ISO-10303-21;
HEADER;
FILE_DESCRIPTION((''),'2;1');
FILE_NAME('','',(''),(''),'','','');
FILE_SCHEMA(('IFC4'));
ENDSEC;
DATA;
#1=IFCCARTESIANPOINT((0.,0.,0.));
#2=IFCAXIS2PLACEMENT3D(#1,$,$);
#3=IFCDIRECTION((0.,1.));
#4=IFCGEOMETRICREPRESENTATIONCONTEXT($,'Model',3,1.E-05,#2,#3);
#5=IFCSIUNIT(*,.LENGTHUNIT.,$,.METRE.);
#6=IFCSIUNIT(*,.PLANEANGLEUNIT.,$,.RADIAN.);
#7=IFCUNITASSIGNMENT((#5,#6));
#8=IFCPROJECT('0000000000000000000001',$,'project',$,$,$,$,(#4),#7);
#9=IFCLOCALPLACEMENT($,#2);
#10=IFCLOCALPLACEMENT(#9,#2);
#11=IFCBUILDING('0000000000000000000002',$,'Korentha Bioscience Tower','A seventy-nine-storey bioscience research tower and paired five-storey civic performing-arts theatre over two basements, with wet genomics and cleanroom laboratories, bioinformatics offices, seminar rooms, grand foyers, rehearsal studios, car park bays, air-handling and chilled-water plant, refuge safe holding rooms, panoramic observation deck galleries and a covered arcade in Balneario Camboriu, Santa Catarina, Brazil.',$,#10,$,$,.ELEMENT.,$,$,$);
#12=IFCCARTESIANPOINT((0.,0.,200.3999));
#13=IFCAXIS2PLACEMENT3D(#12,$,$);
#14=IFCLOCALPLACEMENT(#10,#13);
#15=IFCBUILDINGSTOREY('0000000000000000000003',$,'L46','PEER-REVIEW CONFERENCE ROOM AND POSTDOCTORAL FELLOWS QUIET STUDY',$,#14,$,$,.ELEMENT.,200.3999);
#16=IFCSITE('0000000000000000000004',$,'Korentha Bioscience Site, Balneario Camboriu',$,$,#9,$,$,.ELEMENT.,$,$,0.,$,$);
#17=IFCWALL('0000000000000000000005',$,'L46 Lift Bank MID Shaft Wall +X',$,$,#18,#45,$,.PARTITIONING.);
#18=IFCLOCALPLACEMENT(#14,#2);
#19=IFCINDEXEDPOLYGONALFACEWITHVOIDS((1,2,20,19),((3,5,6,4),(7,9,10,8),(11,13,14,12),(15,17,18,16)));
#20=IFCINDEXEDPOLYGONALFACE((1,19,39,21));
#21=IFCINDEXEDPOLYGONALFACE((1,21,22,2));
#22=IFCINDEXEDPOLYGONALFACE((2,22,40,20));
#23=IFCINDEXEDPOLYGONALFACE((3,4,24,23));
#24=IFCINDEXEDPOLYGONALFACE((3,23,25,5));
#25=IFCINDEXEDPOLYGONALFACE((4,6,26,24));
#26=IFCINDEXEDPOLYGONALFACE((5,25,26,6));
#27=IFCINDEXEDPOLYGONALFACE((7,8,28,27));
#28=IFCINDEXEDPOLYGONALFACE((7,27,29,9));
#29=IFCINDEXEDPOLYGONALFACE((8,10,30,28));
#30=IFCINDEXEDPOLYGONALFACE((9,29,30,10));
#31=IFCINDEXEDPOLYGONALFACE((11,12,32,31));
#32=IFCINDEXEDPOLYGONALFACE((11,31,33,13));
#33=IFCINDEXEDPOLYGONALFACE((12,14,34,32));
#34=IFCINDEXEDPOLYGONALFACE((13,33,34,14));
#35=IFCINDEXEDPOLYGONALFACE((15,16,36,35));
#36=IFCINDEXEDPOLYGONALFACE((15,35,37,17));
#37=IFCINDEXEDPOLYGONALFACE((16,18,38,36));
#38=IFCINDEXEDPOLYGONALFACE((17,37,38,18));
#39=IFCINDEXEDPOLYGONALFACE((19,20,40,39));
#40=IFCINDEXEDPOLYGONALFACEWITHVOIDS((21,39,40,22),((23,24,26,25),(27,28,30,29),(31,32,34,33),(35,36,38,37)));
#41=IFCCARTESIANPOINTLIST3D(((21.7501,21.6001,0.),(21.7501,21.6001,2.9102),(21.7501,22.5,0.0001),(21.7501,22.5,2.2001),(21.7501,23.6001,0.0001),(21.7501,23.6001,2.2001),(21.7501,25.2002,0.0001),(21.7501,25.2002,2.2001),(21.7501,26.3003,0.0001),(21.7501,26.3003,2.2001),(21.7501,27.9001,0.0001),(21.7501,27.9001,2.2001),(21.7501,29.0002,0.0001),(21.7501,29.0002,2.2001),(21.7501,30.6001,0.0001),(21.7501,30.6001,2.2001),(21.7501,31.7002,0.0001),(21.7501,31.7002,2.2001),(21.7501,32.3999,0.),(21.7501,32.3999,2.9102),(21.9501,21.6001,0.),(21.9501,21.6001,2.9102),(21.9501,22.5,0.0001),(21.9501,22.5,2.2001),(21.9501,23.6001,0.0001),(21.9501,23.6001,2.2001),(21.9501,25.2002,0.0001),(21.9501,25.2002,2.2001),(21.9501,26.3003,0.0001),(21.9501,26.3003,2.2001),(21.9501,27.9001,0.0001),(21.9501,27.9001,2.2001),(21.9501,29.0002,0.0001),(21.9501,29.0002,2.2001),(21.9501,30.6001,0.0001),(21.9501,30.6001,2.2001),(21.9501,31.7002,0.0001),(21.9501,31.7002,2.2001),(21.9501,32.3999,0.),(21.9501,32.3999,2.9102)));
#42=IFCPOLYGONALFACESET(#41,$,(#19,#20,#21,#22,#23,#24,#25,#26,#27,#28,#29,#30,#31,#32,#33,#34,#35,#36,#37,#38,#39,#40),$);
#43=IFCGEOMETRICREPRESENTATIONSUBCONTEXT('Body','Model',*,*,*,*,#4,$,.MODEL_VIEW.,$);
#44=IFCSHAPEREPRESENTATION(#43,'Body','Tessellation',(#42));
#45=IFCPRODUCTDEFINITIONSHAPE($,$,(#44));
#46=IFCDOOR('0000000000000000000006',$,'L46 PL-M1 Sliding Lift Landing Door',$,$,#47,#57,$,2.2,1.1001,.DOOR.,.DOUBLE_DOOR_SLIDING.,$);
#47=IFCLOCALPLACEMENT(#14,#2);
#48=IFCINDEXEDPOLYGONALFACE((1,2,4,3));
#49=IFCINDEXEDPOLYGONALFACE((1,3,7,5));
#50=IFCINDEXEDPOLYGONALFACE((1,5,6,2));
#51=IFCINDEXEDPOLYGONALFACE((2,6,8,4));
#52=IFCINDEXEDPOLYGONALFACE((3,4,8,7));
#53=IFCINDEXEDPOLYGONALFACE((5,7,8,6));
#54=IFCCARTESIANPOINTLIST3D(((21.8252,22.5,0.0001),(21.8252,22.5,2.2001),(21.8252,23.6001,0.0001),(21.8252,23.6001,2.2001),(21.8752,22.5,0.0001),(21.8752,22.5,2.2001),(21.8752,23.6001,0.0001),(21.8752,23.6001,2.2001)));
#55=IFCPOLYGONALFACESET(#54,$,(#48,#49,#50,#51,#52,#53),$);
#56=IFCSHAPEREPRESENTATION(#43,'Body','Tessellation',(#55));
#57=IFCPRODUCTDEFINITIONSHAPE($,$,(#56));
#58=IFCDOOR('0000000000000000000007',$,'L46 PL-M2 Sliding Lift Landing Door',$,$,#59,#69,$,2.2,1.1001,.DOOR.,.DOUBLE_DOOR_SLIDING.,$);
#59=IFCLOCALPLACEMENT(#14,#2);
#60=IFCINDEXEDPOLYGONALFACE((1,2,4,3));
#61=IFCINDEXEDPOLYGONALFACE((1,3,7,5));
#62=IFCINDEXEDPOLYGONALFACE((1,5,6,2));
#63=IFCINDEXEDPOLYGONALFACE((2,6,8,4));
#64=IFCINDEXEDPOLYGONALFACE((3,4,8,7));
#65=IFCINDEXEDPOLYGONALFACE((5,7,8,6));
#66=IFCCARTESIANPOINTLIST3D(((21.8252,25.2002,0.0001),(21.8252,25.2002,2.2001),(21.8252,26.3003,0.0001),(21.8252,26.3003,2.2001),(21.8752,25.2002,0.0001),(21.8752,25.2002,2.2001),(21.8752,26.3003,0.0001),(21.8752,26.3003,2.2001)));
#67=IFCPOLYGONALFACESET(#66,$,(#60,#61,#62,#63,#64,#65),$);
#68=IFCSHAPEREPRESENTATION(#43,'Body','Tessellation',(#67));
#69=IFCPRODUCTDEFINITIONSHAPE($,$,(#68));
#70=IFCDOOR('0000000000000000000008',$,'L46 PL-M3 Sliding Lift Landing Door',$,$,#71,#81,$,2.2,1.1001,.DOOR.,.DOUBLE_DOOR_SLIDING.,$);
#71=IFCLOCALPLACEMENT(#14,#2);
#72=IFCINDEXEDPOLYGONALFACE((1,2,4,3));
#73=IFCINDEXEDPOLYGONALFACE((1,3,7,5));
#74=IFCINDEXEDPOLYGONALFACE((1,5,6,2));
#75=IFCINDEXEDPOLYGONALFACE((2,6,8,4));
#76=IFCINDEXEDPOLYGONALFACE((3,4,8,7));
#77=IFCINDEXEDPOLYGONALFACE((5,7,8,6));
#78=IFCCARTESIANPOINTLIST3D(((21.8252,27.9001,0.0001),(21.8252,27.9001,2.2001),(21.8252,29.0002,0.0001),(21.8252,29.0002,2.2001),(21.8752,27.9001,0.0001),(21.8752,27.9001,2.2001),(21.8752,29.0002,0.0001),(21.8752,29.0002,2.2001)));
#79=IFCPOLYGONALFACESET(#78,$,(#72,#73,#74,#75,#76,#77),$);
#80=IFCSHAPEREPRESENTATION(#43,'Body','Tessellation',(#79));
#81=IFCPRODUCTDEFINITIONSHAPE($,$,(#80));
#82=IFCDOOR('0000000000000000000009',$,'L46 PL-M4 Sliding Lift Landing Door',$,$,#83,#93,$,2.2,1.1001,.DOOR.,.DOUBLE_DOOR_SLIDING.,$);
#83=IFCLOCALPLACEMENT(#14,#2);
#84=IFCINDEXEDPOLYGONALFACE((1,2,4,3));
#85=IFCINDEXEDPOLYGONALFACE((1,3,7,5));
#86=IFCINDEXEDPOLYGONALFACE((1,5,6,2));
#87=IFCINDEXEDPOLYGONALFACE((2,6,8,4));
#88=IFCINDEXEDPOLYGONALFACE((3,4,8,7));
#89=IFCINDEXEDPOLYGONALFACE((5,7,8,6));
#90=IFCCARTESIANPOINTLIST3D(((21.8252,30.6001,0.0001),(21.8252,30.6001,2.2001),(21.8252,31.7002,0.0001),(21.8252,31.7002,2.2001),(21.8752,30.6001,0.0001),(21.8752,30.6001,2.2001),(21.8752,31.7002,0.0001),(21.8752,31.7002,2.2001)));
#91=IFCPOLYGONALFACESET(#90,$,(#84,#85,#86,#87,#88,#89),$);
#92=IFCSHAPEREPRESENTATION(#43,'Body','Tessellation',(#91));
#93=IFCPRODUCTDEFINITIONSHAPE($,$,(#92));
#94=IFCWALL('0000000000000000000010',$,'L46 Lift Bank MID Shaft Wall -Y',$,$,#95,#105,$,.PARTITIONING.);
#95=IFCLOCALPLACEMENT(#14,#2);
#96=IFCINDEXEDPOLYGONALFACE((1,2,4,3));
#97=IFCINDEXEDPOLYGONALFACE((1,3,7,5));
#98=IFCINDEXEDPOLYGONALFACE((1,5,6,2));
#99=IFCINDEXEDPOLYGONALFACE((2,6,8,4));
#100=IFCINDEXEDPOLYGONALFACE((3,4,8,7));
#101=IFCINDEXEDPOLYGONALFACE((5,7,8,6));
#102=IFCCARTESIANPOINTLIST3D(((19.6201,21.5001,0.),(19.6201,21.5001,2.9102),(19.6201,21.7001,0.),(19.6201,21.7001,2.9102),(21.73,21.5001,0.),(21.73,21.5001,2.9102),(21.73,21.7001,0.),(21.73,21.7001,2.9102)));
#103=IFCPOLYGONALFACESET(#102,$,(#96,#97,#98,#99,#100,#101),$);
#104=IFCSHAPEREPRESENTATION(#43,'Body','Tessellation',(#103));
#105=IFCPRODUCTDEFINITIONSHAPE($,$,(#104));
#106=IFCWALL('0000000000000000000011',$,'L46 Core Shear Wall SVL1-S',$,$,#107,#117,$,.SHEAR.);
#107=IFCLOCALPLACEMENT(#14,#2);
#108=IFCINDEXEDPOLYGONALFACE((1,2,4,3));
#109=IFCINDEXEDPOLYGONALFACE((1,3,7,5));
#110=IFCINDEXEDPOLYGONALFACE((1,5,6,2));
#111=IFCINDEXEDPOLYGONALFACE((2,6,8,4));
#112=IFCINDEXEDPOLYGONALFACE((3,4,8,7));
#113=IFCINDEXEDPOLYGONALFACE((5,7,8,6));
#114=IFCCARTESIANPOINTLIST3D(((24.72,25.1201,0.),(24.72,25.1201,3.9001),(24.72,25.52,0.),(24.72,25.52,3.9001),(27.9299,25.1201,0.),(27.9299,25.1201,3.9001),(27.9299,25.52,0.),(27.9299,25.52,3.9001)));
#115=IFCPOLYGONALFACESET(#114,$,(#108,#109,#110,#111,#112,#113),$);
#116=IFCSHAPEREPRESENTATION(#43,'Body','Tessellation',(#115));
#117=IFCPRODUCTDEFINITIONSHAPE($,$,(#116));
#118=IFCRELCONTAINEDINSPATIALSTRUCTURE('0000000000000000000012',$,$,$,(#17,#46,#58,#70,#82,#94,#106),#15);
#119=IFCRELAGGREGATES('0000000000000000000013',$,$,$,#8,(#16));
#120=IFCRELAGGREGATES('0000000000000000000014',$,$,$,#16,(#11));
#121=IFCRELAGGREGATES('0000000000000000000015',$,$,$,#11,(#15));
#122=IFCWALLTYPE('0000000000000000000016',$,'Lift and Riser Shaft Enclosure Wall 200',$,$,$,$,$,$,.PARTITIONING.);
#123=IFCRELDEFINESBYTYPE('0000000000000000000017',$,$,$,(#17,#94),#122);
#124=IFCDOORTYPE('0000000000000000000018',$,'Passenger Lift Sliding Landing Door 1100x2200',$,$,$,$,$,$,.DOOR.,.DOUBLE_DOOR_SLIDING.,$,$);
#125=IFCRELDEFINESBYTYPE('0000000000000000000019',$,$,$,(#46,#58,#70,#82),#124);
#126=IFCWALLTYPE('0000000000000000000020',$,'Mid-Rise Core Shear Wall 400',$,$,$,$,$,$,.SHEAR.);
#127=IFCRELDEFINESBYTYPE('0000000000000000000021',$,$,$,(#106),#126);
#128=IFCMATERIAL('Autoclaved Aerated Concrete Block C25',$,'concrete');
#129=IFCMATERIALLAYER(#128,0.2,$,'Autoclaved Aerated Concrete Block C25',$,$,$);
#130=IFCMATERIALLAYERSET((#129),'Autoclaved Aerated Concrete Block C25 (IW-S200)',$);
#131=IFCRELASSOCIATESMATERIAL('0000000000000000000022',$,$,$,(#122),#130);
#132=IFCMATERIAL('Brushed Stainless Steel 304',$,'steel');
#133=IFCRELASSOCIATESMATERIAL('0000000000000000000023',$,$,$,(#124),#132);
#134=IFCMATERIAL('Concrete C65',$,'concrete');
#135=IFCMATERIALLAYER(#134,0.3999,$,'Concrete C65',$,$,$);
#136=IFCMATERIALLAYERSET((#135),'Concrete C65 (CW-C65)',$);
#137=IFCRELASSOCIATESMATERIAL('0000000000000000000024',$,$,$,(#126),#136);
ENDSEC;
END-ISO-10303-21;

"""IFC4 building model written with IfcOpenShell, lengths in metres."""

from ifc_helpers import new_model, si_unit, direction, frame, frame_2d, origin, place, context, subcontext, project, spatial, rectangle, extrude, material, layer, layer_set, type_object, element, fill, save


model = new_model("IFC4")

# Units and contexts
model_context = context("Model", 3, precision=1e-05, world=origin(), true_north=direction((0.0, 1.0)))
body_context = subcontext(model_context, "Body", "Model", "MODEL_VIEW")
ifc_project = project(units=[si_unit("LENGTHUNIT", "METRE"), si_unit("PLANEANGLEUNIT", "RADIAN")], contexts=[model_context])

# Site, building, storey
site_placement = place(None, origin())
site = spatial("IfcSite", under=ifc_project, at=site_placement, Name="Korentha Bioscience Site, Balneario Camboriu", CompositionType="ELEMENT", RefElevation=0.0)
building_placement = place(site_placement, origin())
building = spatial("IfcBuilding", under=site, at=building_placement, Name="Korentha Bioscience Tower", Description="A seventy-nine-storey bioscience research tower and paired five-storey civic performing-arts theatre over two basements, with wet genomics and cleanroom laboratories, bioinformatics offices, seminar rooms, grand foyers, rehearsal studios, car park bays, air-handling and chilled-water plant, refuge safe holding rooms, panoramic observation deck galleries and a covered arcade in Balneario Camboriu, Santa Catarina, Brazil.", CompositionType="ELEMENT")
storey_placement = place(building_placement, frame((0.0, 0.0, 200.3999)))
storey = spatial("IfcBuildingStorey", under=building, at=storey_placement, Name="L46", Description="PEER-REVIEW CONFERENCE ROOM AND POSTDOCTORAL FELLOWS QUIET STUDY", CompositionType="ELEMENT", Elevation=200.3999)

# Shared definitions
ifc_material_1 = material(Name="Concrete C65", Category="concrete")

# Shared definitions
ifc_material_2 = material(Name="Autoclaved Aerated Concrete Block C25", Category="concrete")
ifc_layer_1 = layer(ifc_material_2, 0.2, Name="Autoclaved Aerated Concrete Block C25")
ifc_layer_set_1 = layer_set([ifc_layer_1], Name="Autoclaved Aerated Concrete Block C25 (IW-S200)")
wall_type_1 = type_object("IfcWallType", Name="Lift and Riser Shaft Enclosure Wall 200", PredefinedType="PARTITIONING", material=ifc_layer_set_1)

# Wall, openings, doors
wall_1_placement = place(storey_placement, frame((21.8501, 21.6001, 0.0), z_axis=(0.0, 0.0, 1.0), x_axis=(0.0, 1.0, 0.0)))
wall_1 = element("IfcWall", 1, at=wall_1_placement, inside=storey, type_object=wall_type_1, Name="L46 Lift Bank MID Shaft Wall +X", PredefinedType="PARTITIONING", context=body_context, shape_type="SweptSolid", body=[
    extrude(rectangle(XDim=10.7998, YDim=0.2, at=frame_2d((5.3999, 0.0))), origin(), (0.0, 0.0, 1.0), 2.9102),
])
opening_1_placement = place(wall_1_placement, frame((0.8999, 0.0, 0.0)))
opening_1 = element("IfcOpeningElement", 2, at=opening_1_placement, cuts=wall_1, PredefinedType="OPENING", context=body_context, shape_type="SweptSolid", body=[
    extrude(rectangle(XDim=1.1001, YDim=2.2, at=frame_2d((0.55, 1.1001))), frame((0.0, 0.1147, 0.0), z_axis=(0.0, -1.0, 0.0), x_axis=(1.0, 0.0, 0.0)), (0.0, 0.0, 1.0), 0.2297),
])
opening_2_placement = place(wall_1_placement, frame((3.6001, 0.0, 0.0)))
opening_2 = element("IfcOpeningElement", 3, at=opening_2_placement, cuts=wall_1, PredefinedType="OPENING", context=body_context, shape_type="SweptSolid", body=[
    extrude(rectangle(XDim=1.1001, YDim=2.2, at=frame_2d((0.55, 1.1001))), frame((0.0, 0.1147, 0.0), z_axis=(0.0, -1.0, 0.0), x_axis=(1.0, 0.0, 0.0)), (0.0, 0.0, 1.0), 0.2297),
])
opening_3_placement = place(wall_1_placement, frame((6.3, 0.0, 0.0)))
opening_3 = element("IfcOpeningElement", 4, at=opening_3_placement, cuts=wall_1, PredefinedType="OPENING", context=body_context, shape_type="SweptSolid", body=[
    extrude(rectangle(XDim=1.1001, YDim=2.2, at=frame_2d((0.55, 1.1001))), frame((0.0, 0.1147, 0.0), z_axis=(0.0, -1.0, 0.0), x_axis=(1.0, 0.0, 0.0)), (0.0, 0.0, 1.0), 0.2297),
])
opening_4_placement = place(wall_1_placement, frame((9.0, 0.0, 0.0)))
opening_4 = element("IfcOpeningElement", 5, at=opening_4_placement, cuts=wall_1, PredefinedType="OPENING", context=body_context, shape_type="SweptSolid", body=[
    extrude(rectangle(XDim=1.1001, YDim=2.2, at=frame_2d((0.55, 1.1001))), frame((0.0, 0.1147, 0.0), z_axis=(0.0, -1.0, 0.0), x_axis=(1.0, 0.0, 0.0)), (0.0, 0.0, 1.0), 0.2297),
])
ifc_material_3 = material(Name="Brushed Stainless Steel 304", Category="steel")
door_type_1 = type_object("IfcDoorType", Name="Passenger Lift Sliding Landing Door 1100x2200", OperationType="DOUBLE_DOOR_SLIDING", PredefinedType="DOOR", material=ifc_material_3)
door_1_placement = place(opening_1_placement, origin())
door_1 = element("IfcDoor", 6, at=door_1_placement, inside=storey, type_object=door_type_1, Name="L46 PL-M1 Sliding Lift Landing Door", OperationType="DOUBLE_DOOR_SLIDING", OverallHeight=2.2, OverallWidth=1.1001, PredefinedType="DOOR", context=body_context, shape_type="SweptSolid", body=[
    extrude(rectangle(XDim=1.1001, YDim=2.2, at=frame_2d((0.55, 1.1001))), frame((0.0, 0.0249, 0.0), z_axis=(0.0, -1.0, 0.0), x_axis=(1.0, 0.0, 0.0)), (0.0, 0.0, 1.0), 0.05),
])
fill(opening_1, door_1)
door_2_placement = place(opening_2_placement, origin())
door_2 = element("IfcDoor", 7, at=door_2_placement, inside=storey, type_object=door_type_1, Name="L46 PL-M2 Sliding Lift Landing Door", OperationType="DOUBLE_DOOR_SLIDING", OverallHeight=2.2, OverallWidth=1.1001, PredefinedType="DOOR", context=body_context, shape_type="SweptSolid", body=[
    extrude(rectangle(XDim=1.1001, YDim=2.2, at=frame_2d((0.55, 1.1001))), frame((0.0, 0.0249, 0.0), z_axis=(0.0, -1.0, 0.0), x_axis=(1.0, 0.0, 0.0)), (0.0, 0.0, 1.0), 0.05),
])
fill(opening_2, door_2)
door_3_placement = place(opening_3_placement, origin())
door_3 = element("IfcDoor", 8, at=door_3_placement, inside=storey, type_object=door_type_1, Name="L46 PL-M3 Sliding Lift Landing Door", OperationType="DOUBLE_DOOR_SLIDING", OverallHeight=2.2, OverallWidth=1.1001, PredefinedType="DOOR", context=body_context, shape_type="SweptSolid", body=[
    extrude(rectangle(XDim=1.1001, YDim=2.2, at=frame_2d((0.55, 1.1001))), frame((0.0, 0.0249, 0.0), z_axis=(0.0, -1.0, 0.0), x_axis=(1.0, 0.0, 0.0)), (0.0, 0.0, 1.0), 0.05),
])
fill(opening_3, door_3)
door_4_placement = place(opening_4_placement, origin())
door_4 = element("IfcDoor", 9, at=door_4_placement, inside=storey, type_object=door_type_1, Name="L46 PL-M4 Sliding Lift Landing Door", OperationType="DOUBLE_DOOR_SLIDING", OverallHeight=2.2, OverallWidth=1.1001, PredefinedType="DOOR", context=body_context, shape_type="SweptSolid", body=[
    extrude(rectangle(XDim=1.1001, YDim=2.2, at=frame_2d((0.55, 1.1001))), frame((0.0, 0.0249, 0.0), z_axis=(0.0, -1.0, 0.0), x_axis=(1.0, 0.0, 0.0)), (0.0, 0.0, 1.0), 0.05),
])
fill(opening_4, door_4)

# Walls
wall_2_placement = place(storey_placement, frame((19.6201, 21.6001, 0.0), z_axis=(0.0, 0.0, 1.0), x_axis=(1.0, 0.0, 0.0)))
element("IfcWall", 10, at=wall_2_placement, inside=storey, type_object=wall_type_1, Name="L46 Lift Bank MID Shaft Wall -Y", PredefinedType="PARTITIONING", context=body_context, shape_type="SweptSolid", body=[
    extrude(rectangle(XDim=2.1099, YDim=0.2, at=frame_2d((1.0549, 0.0))), origin(), (0.0, 0.0, 1.0), 2.9102),
])
ifc_layer_2 = layer(ifc_material_1, 0.3999, Name="Concrete C65")
ifc_layer_set_2 = layer_set([ifc_layer_2], Name="Concrete C65 (CW-C65)")
wall_type_2 = type_object("IfcWallType", Name="Mid-Rise Core Shear Wall 400", PredefinedType="SHEAR", material=ifc_layer_set_2)
wall_3_placement = place(storey_placement, frame((24.72, 25.3201, 0.0), z_axis=(0.0, 0.0, 1.0), x_axis=(1.0, 0.0, 0.0)))
element("IfcWall", 11, at=wall_3_placement, inside=storey, type_object=wall_type_2, Name="L46 Core Shear Wall SVL1-S", PredefinedType="SHEAR", context=body_context, shape_type="SweptSolid", body=[
    extrude(rectangle(XDim=3.21, YDim=0.3999, at=frame_2d((1.605, 0.0))), origin(), (0.0, 0.0, 1.0), 3.9001),
])

save(model, "model.ifc")
